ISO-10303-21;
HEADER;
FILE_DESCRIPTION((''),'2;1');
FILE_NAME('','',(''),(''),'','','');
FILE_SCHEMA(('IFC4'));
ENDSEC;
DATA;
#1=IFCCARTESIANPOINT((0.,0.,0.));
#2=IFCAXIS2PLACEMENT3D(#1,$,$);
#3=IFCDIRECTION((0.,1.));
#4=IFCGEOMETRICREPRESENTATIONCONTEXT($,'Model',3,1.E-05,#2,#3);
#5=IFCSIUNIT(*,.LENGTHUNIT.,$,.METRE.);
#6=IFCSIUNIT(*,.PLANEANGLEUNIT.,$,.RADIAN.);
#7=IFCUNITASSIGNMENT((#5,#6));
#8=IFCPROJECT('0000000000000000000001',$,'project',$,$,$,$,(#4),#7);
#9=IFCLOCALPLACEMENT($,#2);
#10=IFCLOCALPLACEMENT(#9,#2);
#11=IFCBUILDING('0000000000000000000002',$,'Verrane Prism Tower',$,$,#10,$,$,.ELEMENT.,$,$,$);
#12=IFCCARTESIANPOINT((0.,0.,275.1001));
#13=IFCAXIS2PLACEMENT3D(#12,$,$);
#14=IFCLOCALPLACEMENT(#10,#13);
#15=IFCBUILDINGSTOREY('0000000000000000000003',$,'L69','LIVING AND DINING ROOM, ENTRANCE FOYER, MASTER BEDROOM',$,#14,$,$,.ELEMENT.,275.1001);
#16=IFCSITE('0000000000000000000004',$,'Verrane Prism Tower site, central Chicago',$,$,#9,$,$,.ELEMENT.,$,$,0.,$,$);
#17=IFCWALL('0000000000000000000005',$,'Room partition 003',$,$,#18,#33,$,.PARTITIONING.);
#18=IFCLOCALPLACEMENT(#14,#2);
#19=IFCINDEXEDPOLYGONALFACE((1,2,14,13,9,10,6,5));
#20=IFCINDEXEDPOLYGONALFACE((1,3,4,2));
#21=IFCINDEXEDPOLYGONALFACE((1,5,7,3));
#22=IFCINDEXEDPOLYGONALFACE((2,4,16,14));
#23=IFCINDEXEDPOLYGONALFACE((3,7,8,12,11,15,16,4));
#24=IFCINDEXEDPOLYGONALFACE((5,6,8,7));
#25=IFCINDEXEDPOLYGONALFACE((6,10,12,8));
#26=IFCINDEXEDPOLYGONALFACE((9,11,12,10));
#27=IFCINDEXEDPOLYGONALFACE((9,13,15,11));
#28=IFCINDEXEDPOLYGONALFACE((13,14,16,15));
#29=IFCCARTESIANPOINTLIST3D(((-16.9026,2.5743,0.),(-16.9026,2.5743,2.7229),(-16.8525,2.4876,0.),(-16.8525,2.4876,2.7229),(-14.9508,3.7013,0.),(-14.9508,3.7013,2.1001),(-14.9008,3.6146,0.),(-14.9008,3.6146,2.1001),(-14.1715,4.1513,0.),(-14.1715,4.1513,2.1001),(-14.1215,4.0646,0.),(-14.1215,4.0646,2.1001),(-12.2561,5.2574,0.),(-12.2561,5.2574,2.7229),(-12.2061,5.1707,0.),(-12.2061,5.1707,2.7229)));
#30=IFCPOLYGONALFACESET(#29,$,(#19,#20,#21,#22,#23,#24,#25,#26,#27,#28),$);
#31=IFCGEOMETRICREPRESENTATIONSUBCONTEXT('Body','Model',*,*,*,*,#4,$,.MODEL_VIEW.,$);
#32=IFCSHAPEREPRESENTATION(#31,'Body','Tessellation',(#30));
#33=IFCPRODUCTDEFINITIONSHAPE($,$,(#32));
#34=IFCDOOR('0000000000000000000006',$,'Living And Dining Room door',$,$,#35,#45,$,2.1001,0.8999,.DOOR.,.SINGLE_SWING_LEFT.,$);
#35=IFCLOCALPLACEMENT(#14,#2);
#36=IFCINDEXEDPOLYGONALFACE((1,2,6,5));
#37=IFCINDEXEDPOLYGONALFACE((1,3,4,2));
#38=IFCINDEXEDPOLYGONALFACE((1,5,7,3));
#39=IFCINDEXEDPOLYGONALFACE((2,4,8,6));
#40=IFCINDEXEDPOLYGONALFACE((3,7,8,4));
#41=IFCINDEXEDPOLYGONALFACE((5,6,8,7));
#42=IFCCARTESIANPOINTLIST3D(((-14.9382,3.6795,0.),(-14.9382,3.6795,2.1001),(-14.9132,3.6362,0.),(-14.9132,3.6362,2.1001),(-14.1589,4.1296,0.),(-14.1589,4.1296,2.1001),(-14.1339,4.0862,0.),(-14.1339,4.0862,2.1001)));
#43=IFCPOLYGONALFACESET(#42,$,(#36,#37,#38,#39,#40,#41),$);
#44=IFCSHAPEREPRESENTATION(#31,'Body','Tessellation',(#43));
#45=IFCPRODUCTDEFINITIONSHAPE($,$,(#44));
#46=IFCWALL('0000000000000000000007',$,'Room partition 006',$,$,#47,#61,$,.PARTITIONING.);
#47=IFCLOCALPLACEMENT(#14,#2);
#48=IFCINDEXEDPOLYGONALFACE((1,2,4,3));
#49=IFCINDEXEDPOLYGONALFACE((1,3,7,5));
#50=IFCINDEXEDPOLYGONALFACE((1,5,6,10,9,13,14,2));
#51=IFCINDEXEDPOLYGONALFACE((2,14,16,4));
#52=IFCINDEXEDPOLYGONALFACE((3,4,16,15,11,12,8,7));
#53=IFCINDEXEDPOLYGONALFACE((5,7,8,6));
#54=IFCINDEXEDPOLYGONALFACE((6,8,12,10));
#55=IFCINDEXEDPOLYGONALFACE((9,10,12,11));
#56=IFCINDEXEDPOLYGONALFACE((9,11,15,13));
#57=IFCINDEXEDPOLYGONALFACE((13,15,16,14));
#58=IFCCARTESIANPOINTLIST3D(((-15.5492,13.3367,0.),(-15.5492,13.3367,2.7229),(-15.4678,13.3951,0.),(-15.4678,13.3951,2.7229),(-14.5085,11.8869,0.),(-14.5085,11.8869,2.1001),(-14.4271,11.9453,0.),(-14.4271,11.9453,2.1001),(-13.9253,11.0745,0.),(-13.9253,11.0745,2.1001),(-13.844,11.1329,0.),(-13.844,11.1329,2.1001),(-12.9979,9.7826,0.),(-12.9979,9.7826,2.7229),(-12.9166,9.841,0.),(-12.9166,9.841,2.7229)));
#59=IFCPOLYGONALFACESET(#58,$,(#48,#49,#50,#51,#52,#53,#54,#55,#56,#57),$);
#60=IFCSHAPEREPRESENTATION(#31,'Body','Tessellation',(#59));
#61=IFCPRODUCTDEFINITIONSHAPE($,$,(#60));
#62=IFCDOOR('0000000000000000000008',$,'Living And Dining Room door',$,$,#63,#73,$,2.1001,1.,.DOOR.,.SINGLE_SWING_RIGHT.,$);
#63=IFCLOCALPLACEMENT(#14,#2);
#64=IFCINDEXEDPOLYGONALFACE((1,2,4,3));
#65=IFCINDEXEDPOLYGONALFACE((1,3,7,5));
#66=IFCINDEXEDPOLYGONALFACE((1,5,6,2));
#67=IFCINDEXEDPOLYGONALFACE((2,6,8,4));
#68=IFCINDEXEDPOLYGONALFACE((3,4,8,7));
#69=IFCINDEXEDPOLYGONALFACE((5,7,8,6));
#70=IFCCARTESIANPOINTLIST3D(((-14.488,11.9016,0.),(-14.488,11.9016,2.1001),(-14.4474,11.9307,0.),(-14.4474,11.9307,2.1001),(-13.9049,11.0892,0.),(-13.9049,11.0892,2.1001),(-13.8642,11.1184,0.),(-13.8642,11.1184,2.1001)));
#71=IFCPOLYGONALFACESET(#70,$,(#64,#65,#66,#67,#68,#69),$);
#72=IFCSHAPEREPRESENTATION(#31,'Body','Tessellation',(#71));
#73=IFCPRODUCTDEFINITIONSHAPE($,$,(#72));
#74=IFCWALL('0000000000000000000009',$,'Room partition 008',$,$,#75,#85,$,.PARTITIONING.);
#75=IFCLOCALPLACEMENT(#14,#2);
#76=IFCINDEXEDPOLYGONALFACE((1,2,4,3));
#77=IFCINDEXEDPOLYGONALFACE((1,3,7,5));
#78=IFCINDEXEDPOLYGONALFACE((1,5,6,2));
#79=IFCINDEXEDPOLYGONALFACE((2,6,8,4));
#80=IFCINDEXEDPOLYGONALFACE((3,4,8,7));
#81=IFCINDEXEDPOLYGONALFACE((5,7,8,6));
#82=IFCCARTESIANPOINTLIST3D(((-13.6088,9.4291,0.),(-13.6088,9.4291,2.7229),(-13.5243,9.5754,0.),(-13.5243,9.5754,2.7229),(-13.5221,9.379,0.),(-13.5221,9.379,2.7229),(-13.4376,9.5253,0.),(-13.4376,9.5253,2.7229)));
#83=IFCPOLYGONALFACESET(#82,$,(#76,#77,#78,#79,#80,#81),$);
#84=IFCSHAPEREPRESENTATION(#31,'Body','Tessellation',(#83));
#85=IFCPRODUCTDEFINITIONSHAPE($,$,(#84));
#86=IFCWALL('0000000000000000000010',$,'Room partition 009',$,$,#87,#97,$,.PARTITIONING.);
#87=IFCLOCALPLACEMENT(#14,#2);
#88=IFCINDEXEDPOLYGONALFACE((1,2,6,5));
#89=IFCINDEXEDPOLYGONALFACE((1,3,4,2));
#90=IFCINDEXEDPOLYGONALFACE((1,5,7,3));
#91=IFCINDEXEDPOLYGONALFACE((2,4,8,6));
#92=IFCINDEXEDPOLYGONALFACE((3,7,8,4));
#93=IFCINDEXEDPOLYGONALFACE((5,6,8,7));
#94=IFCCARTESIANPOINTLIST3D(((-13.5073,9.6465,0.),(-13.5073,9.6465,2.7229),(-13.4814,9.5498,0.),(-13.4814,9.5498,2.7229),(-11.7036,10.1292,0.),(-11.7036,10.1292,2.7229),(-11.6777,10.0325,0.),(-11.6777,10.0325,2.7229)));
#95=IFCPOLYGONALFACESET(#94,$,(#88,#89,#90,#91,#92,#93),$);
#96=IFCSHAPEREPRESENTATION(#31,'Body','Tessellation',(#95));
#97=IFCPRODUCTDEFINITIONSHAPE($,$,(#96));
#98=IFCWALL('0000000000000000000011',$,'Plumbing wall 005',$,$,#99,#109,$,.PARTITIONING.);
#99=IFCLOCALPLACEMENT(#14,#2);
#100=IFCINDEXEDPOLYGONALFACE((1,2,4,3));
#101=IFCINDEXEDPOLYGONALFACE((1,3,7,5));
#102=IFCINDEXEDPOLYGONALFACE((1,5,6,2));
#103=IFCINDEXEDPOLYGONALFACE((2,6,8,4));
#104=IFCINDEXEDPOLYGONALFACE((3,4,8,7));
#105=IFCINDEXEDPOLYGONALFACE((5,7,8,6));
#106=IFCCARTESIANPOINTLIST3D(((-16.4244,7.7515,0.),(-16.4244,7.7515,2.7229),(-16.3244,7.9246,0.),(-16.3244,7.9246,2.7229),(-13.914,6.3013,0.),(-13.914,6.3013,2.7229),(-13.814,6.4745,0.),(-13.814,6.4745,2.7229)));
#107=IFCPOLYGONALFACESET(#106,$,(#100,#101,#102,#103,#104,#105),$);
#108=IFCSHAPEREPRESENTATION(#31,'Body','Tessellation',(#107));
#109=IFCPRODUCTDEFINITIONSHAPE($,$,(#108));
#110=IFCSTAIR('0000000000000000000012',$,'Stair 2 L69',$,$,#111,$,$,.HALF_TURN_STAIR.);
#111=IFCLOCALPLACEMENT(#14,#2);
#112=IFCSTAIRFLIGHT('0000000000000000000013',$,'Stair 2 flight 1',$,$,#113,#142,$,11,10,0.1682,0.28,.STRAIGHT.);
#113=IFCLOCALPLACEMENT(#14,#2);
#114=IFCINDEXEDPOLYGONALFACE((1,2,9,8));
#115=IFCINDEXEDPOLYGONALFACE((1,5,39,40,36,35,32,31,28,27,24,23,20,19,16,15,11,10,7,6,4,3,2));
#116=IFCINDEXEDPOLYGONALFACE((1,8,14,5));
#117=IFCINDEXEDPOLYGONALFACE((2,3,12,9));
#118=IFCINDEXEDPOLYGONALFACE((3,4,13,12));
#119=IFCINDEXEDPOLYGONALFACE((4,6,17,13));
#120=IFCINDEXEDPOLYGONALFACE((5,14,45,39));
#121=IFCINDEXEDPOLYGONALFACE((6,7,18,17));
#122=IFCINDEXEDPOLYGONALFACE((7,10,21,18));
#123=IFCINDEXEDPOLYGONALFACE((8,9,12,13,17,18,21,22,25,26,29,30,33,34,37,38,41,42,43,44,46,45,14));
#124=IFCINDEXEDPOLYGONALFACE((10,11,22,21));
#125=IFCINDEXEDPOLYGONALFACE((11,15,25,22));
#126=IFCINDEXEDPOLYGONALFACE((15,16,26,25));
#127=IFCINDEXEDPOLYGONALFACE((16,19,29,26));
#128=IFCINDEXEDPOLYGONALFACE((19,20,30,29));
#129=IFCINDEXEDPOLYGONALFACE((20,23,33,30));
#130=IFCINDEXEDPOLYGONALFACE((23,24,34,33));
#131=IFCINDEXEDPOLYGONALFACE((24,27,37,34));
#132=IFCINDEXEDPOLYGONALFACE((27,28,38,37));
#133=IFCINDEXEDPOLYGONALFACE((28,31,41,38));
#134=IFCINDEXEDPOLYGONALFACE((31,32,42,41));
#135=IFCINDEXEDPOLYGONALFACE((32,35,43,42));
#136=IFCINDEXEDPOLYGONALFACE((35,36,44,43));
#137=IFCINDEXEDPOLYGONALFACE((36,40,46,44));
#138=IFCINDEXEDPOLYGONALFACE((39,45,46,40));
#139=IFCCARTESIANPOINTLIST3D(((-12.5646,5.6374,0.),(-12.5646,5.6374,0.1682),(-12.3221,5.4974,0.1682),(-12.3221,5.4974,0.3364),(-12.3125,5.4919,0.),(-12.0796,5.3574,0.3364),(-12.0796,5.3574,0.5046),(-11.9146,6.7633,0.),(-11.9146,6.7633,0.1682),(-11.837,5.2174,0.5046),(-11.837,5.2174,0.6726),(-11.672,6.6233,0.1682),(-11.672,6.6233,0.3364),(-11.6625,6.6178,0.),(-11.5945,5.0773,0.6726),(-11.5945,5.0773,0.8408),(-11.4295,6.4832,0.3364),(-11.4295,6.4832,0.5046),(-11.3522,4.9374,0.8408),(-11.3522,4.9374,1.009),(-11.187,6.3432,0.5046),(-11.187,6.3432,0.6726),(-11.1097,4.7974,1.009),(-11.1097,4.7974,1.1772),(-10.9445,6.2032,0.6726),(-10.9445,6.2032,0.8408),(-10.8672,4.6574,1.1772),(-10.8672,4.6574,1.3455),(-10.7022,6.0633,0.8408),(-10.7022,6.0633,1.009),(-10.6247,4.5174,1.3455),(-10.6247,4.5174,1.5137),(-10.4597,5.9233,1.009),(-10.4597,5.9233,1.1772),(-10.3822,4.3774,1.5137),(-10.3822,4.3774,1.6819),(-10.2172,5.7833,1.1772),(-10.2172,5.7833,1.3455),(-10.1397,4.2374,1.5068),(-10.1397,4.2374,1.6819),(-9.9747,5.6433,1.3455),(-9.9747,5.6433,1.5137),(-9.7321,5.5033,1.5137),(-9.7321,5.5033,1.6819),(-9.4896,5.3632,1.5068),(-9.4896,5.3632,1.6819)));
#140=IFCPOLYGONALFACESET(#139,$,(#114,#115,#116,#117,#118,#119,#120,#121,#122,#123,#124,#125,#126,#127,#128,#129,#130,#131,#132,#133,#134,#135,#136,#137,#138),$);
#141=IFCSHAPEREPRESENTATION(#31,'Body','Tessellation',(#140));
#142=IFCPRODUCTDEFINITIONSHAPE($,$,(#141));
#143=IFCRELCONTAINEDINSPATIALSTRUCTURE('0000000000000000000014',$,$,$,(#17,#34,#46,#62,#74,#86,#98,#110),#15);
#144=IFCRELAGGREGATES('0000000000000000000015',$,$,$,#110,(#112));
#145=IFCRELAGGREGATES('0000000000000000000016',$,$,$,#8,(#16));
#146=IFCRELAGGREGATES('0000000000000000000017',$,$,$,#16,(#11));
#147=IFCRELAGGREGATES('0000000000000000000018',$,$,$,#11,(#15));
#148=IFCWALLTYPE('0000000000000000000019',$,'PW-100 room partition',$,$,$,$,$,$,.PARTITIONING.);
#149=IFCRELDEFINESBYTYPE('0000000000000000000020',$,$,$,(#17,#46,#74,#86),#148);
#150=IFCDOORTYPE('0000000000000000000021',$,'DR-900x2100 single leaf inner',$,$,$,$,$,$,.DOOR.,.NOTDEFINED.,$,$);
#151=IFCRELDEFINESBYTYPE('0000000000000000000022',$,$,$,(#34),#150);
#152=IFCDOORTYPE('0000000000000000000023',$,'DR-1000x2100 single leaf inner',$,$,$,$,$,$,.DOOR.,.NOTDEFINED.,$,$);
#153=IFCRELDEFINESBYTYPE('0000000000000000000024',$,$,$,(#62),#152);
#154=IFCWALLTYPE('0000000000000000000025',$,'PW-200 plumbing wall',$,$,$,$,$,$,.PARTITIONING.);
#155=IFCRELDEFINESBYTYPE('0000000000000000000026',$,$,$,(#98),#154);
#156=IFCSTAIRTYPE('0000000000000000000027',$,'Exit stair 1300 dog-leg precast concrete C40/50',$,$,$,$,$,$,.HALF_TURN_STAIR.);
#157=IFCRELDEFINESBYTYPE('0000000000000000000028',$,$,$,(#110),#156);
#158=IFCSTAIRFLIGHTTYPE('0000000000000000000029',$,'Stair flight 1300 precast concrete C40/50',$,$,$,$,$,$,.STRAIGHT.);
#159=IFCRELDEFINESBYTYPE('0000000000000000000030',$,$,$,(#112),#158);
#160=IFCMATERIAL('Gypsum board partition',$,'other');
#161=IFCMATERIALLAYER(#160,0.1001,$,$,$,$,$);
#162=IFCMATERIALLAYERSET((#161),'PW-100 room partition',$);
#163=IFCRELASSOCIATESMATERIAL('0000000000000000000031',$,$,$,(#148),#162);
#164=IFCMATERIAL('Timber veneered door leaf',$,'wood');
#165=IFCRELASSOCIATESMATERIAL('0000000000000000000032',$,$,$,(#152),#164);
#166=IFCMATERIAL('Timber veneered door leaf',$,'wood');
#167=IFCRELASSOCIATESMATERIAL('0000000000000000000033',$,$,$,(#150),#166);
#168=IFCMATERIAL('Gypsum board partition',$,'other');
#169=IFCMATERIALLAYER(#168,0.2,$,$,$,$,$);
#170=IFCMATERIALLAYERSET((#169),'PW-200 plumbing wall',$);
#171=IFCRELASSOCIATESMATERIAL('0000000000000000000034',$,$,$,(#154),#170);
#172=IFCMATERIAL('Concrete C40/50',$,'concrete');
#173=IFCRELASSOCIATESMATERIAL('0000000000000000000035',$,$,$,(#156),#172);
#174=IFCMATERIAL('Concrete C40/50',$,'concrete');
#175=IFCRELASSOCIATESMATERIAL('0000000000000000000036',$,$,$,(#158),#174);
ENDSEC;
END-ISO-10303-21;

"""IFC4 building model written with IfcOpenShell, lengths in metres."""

from ifc_helpers import new_model, si_unit, direction, frame, frame_2d, origin, place, context, subcontext, project, spatial, polyline, rectangle, outline, extrude, material, layer, layer_set, type_object, element, fill, aggregate, save


model = new_model("IFC4")

# Units and contexts
model_context = context("Model", 3, precision=1e-05, world=origin(), true_north=direction((0.0, 1.0)))
body_context = subcontext(model_context, "Body", "Model", "MODEL_VIEW")
ifc_project = project(units=[si_unit("LENGTHUNIT", "METRE"), si_unit("PLANEANGLEUNIT", "RADIAN")], contexts=[model_context])

# Site, building, storey
site_placement = place(None, origin())
site = spatial("IfcSite", under=ifc_project, at=site_placement, Name="Verrane Prism Tower site, central Chicago", CompositionType="ELEMENT", RefElevation=0.0)
building_placement = place(site_placement, origin())
building = spatial("IfcBuilding", under=site, at=building_placement, Name="Verrane Prism Tower", CompositionType="ELEMENT")
storey_placement = place(building_placement, frame((0.0, 0.0, 275.1001)))
storey = spatial("IfcBuildingStorey", under=building, at=storey_placement, Name="L69", Description="LIVING AND DINING ROOM, ENTRANCE FOYER, MASTER BEDROOM", CompositionType="ELEMENT", Elevation=275.1001)

# Walls, openings, doors
ifc_material_1 = material(Name="Gypsum board partition", Category="other")
ifc_layer_1 = layer(ifc_material_1, 0.1001)
ifc_layer_set_1 = layer_set([ifc_layer_1], Name="PW-100 room partition")
wall_type_1 = type_object("IfcWallType", Name="PW-100 room partition", PredefinedType="PARTITIONING", material=ifc_layer_set_1)
ifc_material_2 = material(Name="Timber veneered door leaf", Category="wood")
door_type_1 = type_object("IfcDoorType", Name="DR-1000x2100 single leaf inner", OperationType="NOTDEFINED", PredefinedType="DOOR", material=ifc_material_2)
wall_1_placement = place(storey_placement, frame((-16.8774, 2.531, 0.0), z_axis=(0.0, 0.0, 1.0), x_axis=(0.865989, 0.500064, 0.0)))
wall_1 = element("IfcWall", 1, at=wall_1_placement, inside=storey, type_object=wall_type_1, Name="Room partition 003", PredefinedType="PARTITIONING", context=body_context, shape_type="SweptSolid", body=[
    extrude(rectangle(XDim=5.3655, YDim=0.1001, at=frame_2d((2.6826, 0.0))), origin(), (0.0, 0.0, 1.0), 2.7229),
])
opening_1_placement = place(wall_1_placement, frame((2.2537, 0.0, 0.0)))
opening_1 = element("IfcOpeningElement", 2, at=opening_1_placement, cuts=wall_1, PredefinedType="OPENING", context=body_context, shape_type="SweptSolid", body=[
    extrude(rectangle(XDim=0.8999, YDim=2.1001, at=frame_2d((0.45, 1.05))), frame((0.0, 0.0601, 0.0), z_axis=(0.0, -1.0, 0.0), x_axis=(1.0, 0.0, 0.0)), (0.0, 0.0, 1.0), 0.1201),
])
ifc_material_3 = material(Name="Timber veneered door leaf", Category="wood")
door_type_2 = type_object("IfcDoorType", Name="DR-900x2100 single leaf inner", OperationType="NOTDEFINED", PredefinedType="DOOR", material=ifc_material_3)
door_1_placement = place(opening_1_placement, origin())
door_1 = element("IfcDoor", 3, at=door_1_placement, inside=storey, type_object=door_type_2, Name="Living And Dining Room door", OperationType="SINGLE_SWING_LEFT", OverallHeight=2.1001, OverallWidth=0.8999, PredefinedType="DOOR", context=body_context, shape_type="SweptSolid", body=[
    extrude(rectangle(XDim=0.8999, YDim=2.1001, at=frame_2d((0.45, 1.05))), frame((0.0, 0.0249, 0.0), z_axis=(0.0, -1.0, 0.0), x_axis=(1.0, 0.0, 0.0)), (0.0, 0.0, 1.0), 0.05),
])
fill(opening_1, door_1)
wall_2_placement = place(storey_placement, frame((-12.9573, 9.8118, 0.0), z_axis=(0.0, 0.0, 1.0), x_axis=(-0.583137, 0.812374, 0.0)))
wall_2 = element("IfcWall", 4, at=wall_2_placement, inside=storey, type_object=wall_type_1, Name="Room partition 006", PredefinedType="PARTITIONING", context=body_context, shape_type="SweptSolid", body=[
    extrude(rectangle(XDim=4.375, YDim=0.1001, at=frame_2d((2.1875, 0.0))), origin(), (0.0, 0.0, 1.0), 2.7229),
])
opening_2_placement = place(wall_2_placement, frame((1.5903, 0.0, 0.0)))
opening_2 = element("IfcOpeningElement", 5, at=opening_2_placement, cuts=wall_2, PredefinedType="OPENING", context=body_context, shape_type="SweptSolid", body=[
    extrude(rectangle(XDim=1.0, YDim=2.1001, at=frame_2d((0.5, 1.05))), frame((0.0, 0.0601, 0.0), z_axis=(0.0, -1.0, 0.0), x_axis=(1.0, 0.0, 0.0)), (0.0, 0.0, 1.0), 0.1201),
])
door_2_placement = place(opening_2_placement, origin())
door_2 = element("IfcDoor", 6, at=door_2_placement, inside=storey, type_object=door_type_1, Name="Living And Dining Room door", OperationType="SINGLE_SWING_RIGHT", OverallHeight=2.1001, OverallWidth=1.0, PredefinedType="DOOR", context=body_context, shape_type="SweptSolid", body=[
    extrude(rectangle(XDim=1.0, YDim=2.1001, at=frame_2d((0.5, 1.05))), frame((0.0, 0.0249, 0.0), z_axis=(0.0, -1.0, 0.0), x_axis=(1.0, 0.0, 0.0)), (0.0, 0.0, 1.0), 0.05),
])
fill(opening_2, door_2)

# Walls
wall_3_placement = place(storey_placement, frame((-13.5654, 9.4041, 0.0), z_axis=(0.0, 0.0, 1.0), x_axis=(0.500181, 0.865921, 0.0)))
element("IfcWall", 7, at=wall_3_placement, inside=storey, type_object=wall_type_1, Name="Room partition 008", PredefinedType="PARTITIONING", context=body_context, shape_type="SweptSolid", body=[
    extrude(rectangle(XDim=0.1689, YDim=0.1001, at=frame_2d((0.0845, 0.0))), origin(), (0.0, 0.0, 1.0), 2.7229),
])
wall_4_placement = place(storey_placement, frame((-13.4944, 9.5981, 0.0), z_axis=(0.0, 0.0, 1.0), x_axis=(0.966011, 0.258501, 0.0)))
element("IfcWall", 8, at=wall_4_placement, inside=storey, type_object=wall_type_1, Name="Room partition 009", PredefinedType="PARTITIONING", context=body_context, shape_type="SweptSolid", body=[
    extrude(rectangle(XDim=1.8672, YDim=0.1001, at=frame_2d((0.9336, 0.0))), origin(), (0.0, 0.0, 1.0), 2.7229),
])
ifc_material_4 = material(Name="Gypsum board partition", Category="other")
ifc_layer_2 = layer(ifc_material_4, 0.2)
ifc_layer_set_2 = layer_set([ifc_layer_2], Name="PW-200 plumbing wall")
wall_type_2 = type_object("IfcWallType", Name="PW-200 plumbing wall", PredefinedType="PARTITIONING", material=ifc_layer_set_2)
wall_5_placement = place(storey_placement, frame((-16.3745, 7.8381, 0.0), z_axis=(0.0, 0.0, 1.0), x_axis=(0.865912, -0.500196, 0.0)))
element("IfcWall", 9, at=wall_5_placement, inside=storey, type_object=wall_type_2, Name="Plumbing wall 005", PredefinedType="PARTITIONING", context=body_context, shape_type="SweptSolid", body=[
    extrude(rectangle(XDim=2.8992, YDim=0.2, at=frame_2d((1.4497, 0.0))), origin(), (0.0, 0.0, 1.0), 2.7229),
])

# Stair, stair flight
ifc_material_5 = material(Name="Concrete C40/50", Category="concrete")
stair_type = type_object("IfcStairType", Name="Exit stair 1300 dog-leg precast concrete C40/50", PredefinedType="HALF_TURN_STAIR", material=ifc_material_5)
stair_placement = place(storey_placement, origin())
stair = element("IfcStair", 10, at=stair_placement, inside=storey, type_object=stair_type, Name="Stair 2 L69", PredefinedType="HALF_TURN_STAIR")
ifc_material_6 = material(Name="Concrete C40/50", Category="concrete")
stair_flight_type = type_object("IfcStairFlightType", Name="Stair flight 1300 precast concrete C40/50", PredefinedType="STRAIGHT", material=ifc_material_6)
stair_flight_placement = place(storey_placement, frame((-12.2395, 6.2004, 0.0), z_axis=(0.0, 0.0, 1.0), x_axis=(0.866025, -0.5, 0.0)))
stair_flight = element("IfcStairFlight", 11, at=stair_flight_placement, type_object=stair_flight_type, Name="Stair 2 flight 1", NumberOfRisers=11, NumberOfTreads=10, PredefinedType="STRAIGHT", RiserHeight=0.1682, TreadLength=0.28, context=body_context, shape_type="SweptSolid", body=[
    extrude(outline(polyline([(0.0, 0.0), (0.0, 0.1682), (0.28, 0.1682), (0.28, 0.3364), (0.5601, 0.3364), (0.5601, 0.5046), (0.8401, 0.5046), (0.8401, 0.6726), (1.1201, 0.6726), (1.1201, 0.8408), (1.3999, 0.8408), (1.3999, 1.009), (1.6799, 1.009), (1.6799, 1.1772), (1.96, 1.1772), (1.96, 1.3455), (2.24, 1.3455), (2.24, 1.5137), (2.52, 1.5137), (2.52, 1.6819), (2.8, 1.6819), (2.8, 1.8501), (2.8, 1.5068), (0.291, 0.0), (0.0, 0.0)])), frame((0.0, 0.6499, 0.0), z_axis=(0.0, -1.0, 0.0), x_axis=(1.0, 0.0, 0.0)), (0.0, 0.0, 1.0), 1.3),
])
aggregate(stair, [stair_flight])

save(model, "model.ifc")
